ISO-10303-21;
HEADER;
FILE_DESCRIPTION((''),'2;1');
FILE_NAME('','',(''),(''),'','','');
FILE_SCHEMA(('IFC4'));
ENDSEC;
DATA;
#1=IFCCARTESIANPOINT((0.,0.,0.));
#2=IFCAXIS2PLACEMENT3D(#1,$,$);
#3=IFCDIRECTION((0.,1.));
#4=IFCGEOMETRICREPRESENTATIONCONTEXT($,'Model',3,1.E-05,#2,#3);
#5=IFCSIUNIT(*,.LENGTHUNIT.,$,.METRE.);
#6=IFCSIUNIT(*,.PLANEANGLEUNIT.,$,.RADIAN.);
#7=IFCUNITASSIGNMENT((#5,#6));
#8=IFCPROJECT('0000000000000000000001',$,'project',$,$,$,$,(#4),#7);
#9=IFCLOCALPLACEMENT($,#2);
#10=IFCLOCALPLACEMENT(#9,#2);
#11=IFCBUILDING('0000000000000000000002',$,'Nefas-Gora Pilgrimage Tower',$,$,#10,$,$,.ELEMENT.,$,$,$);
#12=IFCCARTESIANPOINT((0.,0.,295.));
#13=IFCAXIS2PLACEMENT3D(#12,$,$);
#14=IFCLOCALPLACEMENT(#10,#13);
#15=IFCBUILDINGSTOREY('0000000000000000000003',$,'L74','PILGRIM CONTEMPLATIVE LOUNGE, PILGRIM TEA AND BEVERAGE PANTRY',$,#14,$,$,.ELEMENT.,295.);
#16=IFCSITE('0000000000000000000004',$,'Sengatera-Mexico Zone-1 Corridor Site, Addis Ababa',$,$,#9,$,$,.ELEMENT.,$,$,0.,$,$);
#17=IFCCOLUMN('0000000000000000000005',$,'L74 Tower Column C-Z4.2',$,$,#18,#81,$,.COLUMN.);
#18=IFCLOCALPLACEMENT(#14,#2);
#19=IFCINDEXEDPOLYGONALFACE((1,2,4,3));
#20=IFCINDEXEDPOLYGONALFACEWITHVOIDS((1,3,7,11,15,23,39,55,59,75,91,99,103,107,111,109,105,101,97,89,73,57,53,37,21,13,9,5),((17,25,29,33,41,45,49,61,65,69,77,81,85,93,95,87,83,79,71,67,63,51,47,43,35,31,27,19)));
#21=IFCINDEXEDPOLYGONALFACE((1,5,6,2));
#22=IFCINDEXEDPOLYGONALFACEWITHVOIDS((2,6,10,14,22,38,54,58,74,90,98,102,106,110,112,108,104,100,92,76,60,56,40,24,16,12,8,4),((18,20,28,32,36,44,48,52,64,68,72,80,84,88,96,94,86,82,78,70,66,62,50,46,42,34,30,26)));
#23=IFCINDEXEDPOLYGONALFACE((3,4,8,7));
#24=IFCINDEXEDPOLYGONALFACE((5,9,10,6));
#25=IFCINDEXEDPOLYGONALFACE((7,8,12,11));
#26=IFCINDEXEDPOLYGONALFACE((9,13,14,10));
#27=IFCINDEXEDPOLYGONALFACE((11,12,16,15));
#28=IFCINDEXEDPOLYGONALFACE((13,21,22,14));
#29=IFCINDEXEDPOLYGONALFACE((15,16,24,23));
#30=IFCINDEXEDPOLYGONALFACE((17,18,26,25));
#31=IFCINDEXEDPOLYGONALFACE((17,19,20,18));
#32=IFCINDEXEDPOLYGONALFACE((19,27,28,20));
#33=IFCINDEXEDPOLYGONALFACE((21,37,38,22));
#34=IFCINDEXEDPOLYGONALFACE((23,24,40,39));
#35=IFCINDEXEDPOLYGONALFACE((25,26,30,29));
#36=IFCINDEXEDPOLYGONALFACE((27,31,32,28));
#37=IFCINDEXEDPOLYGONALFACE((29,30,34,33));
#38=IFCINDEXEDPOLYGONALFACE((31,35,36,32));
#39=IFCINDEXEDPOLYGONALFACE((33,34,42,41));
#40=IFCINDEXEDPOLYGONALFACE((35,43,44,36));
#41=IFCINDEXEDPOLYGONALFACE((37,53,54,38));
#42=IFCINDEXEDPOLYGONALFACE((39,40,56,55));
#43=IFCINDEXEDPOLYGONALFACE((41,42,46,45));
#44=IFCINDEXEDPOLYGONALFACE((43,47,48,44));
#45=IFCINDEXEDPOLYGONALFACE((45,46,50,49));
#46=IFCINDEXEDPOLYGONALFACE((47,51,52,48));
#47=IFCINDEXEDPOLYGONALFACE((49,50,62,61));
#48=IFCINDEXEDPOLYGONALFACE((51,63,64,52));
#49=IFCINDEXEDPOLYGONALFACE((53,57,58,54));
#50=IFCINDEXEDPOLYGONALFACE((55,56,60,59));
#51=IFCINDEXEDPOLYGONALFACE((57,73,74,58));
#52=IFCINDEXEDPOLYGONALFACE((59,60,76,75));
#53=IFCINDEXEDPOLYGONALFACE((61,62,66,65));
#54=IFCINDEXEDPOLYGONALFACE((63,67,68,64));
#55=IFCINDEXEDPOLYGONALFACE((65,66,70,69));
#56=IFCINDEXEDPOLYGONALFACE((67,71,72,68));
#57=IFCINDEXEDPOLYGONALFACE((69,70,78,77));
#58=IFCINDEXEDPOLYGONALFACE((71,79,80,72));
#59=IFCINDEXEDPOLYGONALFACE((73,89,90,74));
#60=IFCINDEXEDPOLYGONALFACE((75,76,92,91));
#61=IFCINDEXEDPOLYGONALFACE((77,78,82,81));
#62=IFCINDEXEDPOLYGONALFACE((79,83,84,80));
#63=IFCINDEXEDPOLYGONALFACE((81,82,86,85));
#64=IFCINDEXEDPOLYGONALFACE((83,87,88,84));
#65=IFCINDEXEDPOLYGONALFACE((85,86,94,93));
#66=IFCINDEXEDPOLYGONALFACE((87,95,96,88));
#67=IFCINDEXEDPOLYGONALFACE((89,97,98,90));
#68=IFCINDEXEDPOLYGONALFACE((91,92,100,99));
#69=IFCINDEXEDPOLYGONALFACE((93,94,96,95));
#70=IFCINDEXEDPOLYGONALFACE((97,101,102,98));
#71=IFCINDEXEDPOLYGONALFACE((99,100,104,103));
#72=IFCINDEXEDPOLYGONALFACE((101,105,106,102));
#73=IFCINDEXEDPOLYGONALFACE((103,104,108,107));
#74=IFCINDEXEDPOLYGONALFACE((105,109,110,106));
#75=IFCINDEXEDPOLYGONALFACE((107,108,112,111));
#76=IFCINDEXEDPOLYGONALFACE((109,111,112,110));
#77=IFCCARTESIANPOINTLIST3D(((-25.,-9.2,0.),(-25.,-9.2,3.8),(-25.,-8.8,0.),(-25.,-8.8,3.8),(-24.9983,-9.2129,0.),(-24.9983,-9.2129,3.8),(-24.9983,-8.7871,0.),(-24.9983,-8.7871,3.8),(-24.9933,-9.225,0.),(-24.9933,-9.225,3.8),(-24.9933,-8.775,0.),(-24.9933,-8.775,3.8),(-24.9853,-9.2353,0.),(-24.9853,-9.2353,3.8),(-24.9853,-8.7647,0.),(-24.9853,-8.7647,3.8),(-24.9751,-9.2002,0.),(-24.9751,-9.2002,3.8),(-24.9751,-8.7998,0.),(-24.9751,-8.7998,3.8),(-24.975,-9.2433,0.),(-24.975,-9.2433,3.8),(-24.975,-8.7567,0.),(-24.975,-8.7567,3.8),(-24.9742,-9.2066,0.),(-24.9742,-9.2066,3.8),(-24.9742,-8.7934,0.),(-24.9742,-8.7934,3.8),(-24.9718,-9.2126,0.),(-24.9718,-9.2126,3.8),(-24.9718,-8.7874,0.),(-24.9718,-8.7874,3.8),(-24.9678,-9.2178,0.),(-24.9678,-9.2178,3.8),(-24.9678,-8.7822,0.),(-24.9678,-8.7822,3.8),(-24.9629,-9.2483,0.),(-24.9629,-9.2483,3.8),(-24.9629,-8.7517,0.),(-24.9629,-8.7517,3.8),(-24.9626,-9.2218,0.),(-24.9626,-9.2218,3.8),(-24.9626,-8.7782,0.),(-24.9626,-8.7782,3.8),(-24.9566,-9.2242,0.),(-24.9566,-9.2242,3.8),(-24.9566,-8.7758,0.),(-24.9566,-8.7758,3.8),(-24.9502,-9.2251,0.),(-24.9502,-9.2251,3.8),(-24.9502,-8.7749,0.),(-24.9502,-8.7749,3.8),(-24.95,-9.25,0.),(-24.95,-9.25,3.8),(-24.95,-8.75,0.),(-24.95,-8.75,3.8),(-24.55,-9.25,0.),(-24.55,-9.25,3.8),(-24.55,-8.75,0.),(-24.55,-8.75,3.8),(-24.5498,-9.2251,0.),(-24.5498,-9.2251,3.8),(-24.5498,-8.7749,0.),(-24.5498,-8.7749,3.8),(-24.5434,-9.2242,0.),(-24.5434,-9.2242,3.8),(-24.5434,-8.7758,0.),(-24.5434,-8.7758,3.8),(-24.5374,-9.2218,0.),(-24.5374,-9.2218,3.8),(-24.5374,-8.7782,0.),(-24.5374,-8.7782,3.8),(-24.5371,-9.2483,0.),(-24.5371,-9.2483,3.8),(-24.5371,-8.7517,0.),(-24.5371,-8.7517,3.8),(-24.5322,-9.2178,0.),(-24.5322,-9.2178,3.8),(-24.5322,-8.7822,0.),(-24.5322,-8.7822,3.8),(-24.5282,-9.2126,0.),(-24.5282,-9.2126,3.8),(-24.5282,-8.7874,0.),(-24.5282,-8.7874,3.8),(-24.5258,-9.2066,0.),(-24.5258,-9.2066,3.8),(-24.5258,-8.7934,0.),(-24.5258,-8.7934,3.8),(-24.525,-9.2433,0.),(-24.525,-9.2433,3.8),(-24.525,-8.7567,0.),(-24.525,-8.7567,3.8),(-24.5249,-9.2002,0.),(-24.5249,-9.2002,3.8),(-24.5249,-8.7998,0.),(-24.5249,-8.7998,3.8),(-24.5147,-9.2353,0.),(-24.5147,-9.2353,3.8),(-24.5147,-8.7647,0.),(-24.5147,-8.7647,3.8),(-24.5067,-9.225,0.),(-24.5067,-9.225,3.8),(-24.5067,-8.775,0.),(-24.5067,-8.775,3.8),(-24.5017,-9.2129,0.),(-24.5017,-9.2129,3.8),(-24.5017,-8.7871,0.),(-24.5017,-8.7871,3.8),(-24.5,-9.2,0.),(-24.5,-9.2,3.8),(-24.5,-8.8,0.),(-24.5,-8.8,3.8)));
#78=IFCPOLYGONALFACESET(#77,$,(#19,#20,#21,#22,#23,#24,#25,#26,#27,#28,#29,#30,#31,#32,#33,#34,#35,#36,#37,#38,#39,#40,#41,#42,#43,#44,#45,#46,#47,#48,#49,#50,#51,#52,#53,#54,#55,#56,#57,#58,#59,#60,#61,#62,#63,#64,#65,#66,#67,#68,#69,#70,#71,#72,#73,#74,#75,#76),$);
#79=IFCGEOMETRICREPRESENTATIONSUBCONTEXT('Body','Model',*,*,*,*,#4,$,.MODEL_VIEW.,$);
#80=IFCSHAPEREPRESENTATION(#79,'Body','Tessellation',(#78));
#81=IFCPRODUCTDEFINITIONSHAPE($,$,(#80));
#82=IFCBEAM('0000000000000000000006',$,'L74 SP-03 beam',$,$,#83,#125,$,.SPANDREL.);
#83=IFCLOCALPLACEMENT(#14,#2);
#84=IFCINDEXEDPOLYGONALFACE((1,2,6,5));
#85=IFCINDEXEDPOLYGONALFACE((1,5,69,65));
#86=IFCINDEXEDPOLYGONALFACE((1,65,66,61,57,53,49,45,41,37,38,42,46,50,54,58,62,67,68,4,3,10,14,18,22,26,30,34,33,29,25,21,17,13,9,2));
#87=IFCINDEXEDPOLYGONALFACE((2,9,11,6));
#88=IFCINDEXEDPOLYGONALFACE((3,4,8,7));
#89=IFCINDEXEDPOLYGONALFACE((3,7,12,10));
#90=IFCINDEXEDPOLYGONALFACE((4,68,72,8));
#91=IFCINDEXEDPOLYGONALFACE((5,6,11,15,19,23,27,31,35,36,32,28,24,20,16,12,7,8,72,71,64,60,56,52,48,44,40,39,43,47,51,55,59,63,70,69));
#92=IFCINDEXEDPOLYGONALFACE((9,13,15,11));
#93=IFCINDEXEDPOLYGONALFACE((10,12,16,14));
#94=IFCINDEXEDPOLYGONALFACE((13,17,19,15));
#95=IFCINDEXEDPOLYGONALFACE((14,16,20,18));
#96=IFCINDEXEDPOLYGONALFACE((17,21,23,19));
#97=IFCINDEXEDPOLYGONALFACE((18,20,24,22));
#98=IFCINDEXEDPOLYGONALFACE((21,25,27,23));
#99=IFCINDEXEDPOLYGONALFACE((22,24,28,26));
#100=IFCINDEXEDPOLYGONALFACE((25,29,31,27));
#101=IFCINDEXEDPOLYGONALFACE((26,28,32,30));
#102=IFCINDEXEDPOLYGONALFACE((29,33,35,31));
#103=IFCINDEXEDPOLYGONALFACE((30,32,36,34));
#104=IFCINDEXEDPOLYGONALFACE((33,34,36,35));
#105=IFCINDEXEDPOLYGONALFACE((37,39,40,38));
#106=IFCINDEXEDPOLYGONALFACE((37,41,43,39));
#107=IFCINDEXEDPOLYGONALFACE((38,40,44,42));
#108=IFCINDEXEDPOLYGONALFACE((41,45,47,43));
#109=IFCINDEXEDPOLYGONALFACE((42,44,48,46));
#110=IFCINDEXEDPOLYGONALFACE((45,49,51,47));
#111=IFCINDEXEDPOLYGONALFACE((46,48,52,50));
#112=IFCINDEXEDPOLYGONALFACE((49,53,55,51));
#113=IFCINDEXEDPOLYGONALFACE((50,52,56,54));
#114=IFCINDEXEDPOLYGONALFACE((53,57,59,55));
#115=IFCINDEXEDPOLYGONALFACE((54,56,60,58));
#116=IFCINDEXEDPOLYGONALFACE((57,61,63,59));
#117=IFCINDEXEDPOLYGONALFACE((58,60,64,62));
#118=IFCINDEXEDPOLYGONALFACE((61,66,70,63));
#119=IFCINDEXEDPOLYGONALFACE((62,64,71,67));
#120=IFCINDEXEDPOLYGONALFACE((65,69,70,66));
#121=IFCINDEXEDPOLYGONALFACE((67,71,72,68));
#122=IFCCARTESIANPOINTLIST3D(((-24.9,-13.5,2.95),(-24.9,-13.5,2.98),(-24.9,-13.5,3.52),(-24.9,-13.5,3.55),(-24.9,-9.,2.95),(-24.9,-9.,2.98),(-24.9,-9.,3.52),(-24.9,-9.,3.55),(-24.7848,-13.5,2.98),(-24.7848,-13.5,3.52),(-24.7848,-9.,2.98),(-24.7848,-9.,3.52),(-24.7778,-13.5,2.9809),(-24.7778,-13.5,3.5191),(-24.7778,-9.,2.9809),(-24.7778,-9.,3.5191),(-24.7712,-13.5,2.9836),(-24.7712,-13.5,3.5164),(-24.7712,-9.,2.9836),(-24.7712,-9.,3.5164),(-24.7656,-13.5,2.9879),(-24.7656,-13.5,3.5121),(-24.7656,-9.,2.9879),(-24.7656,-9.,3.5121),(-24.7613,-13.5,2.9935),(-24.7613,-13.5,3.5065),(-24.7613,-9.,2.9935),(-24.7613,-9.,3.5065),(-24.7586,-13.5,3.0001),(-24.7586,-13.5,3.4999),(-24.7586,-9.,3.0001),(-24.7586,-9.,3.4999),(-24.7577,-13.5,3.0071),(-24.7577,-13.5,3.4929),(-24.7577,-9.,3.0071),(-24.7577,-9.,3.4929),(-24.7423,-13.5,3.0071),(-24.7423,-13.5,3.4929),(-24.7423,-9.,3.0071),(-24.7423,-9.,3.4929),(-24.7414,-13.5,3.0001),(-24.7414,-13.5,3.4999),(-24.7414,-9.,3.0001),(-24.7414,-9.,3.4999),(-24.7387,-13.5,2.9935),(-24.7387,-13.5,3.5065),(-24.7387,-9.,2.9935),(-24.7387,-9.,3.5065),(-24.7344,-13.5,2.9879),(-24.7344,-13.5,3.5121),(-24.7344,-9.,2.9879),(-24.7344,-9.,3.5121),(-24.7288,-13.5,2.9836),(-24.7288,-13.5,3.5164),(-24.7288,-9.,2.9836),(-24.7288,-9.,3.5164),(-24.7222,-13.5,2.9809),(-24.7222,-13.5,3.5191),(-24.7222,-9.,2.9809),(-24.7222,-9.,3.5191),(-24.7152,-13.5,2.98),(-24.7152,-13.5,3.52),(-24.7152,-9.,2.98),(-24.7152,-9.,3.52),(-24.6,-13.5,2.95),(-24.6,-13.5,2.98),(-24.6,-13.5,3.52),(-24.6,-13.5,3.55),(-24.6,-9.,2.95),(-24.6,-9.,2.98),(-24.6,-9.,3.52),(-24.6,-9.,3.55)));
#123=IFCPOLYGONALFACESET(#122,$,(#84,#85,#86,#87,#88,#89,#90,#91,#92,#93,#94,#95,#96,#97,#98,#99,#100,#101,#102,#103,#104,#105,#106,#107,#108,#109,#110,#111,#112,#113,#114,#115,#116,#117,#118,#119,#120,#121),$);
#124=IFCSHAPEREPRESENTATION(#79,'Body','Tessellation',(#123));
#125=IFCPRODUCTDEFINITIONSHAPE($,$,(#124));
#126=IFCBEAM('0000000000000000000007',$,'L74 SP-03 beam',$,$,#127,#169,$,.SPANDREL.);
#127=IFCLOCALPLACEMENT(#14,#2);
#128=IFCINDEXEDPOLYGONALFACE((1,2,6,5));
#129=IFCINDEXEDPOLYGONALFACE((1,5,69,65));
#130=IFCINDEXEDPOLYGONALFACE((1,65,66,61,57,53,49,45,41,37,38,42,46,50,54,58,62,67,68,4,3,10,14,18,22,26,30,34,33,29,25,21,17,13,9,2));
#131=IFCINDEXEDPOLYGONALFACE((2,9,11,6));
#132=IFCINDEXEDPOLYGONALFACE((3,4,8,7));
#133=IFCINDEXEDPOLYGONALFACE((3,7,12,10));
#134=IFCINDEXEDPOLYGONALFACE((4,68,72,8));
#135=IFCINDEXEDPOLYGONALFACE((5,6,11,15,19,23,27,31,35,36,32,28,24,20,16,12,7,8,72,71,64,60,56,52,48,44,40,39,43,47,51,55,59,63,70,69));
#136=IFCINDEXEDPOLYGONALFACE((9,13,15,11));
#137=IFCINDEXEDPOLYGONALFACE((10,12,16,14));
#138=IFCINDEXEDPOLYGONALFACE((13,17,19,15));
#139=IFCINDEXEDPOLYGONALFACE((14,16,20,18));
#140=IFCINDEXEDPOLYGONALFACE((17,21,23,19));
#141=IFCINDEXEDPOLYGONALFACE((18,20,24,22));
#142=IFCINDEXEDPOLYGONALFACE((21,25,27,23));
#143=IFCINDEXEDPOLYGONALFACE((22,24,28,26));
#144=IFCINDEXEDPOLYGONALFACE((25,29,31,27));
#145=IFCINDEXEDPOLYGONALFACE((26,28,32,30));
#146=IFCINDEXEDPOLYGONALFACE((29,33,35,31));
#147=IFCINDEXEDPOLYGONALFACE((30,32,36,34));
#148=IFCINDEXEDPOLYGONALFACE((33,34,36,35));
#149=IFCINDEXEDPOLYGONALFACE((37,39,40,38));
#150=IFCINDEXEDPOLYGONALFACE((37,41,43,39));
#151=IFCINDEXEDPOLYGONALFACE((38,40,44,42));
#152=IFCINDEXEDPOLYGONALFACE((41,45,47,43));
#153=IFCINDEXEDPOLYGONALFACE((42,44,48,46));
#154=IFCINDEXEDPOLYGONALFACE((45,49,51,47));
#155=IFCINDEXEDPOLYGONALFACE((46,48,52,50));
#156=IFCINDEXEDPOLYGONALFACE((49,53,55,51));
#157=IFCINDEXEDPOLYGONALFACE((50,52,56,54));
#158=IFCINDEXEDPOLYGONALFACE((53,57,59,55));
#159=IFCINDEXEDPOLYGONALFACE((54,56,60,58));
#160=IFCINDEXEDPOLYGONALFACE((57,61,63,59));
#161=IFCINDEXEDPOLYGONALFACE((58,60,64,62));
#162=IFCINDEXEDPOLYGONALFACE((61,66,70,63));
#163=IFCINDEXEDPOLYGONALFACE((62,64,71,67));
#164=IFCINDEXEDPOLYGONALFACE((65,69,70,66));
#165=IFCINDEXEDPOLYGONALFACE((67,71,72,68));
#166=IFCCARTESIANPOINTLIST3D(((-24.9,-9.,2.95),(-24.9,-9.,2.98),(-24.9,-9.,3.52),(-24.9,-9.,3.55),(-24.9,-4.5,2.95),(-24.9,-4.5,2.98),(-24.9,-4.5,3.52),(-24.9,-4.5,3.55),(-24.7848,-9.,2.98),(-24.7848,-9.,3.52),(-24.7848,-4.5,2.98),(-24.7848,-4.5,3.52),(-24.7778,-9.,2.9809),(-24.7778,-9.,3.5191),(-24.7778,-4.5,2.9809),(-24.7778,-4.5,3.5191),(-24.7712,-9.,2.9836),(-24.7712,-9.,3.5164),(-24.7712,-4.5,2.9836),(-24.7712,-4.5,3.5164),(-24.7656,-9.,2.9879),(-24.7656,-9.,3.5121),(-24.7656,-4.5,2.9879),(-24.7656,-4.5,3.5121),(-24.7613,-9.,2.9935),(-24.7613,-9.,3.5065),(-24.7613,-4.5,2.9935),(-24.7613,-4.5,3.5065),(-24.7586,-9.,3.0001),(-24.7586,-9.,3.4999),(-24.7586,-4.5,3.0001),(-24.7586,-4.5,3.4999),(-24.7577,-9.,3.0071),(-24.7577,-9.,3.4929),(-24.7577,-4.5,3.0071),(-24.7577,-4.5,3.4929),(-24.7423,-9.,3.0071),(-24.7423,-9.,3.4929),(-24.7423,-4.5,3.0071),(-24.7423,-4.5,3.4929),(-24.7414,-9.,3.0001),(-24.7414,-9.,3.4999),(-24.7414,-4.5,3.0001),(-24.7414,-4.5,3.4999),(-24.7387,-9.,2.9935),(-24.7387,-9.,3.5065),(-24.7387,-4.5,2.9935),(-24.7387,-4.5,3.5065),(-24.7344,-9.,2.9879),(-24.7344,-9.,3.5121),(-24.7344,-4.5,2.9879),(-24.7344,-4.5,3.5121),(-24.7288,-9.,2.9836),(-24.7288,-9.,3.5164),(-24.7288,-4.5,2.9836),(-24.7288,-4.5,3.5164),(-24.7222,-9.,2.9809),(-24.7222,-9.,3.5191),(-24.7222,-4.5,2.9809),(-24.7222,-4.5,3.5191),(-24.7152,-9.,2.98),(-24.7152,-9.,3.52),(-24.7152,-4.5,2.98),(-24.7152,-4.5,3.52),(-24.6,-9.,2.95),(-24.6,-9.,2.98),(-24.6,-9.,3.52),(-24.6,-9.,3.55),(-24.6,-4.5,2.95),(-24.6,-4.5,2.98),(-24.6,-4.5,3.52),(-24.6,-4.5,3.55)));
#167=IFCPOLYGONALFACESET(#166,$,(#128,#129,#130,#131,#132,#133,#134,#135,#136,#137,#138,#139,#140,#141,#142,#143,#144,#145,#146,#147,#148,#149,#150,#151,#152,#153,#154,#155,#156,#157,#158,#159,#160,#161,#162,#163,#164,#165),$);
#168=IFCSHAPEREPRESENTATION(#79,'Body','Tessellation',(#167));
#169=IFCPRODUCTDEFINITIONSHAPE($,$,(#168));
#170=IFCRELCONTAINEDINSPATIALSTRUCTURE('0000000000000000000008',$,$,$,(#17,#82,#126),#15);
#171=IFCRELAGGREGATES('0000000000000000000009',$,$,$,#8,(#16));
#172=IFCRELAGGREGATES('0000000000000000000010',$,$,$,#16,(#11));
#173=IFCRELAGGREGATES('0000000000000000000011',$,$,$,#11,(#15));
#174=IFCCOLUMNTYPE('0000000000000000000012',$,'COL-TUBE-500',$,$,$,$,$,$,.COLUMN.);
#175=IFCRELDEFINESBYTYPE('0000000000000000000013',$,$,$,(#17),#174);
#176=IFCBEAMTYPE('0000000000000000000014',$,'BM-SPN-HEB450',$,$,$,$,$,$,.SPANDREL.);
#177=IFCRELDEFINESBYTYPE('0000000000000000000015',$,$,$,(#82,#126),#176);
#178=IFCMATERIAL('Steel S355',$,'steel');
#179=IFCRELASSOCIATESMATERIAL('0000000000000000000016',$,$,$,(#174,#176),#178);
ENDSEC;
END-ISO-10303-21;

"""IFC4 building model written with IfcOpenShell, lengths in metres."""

from ifc_helpers import new_model, si_unit, direction, frame, origin, origin_2d, place, context, subcontext, project, spatial, hollow_rectangle, i_section, extrude, source, transform, mapped, material, material_profile, profile_set, type_object, element, save


model = new_model("IFC4")

# Units and contexts
model_context = context("Model", 3, precision=1e-05, world=origin(), true_north=direction((0.0, 1.0)))
body_context = subcontext(model_context, "Body", "Model", "MODEL_VIEW")
ifc_project = project(units=[si_unit("LENGTHUNIT", "METRE"), si_unit("PLANEANGLEUNIT", "RADIAN")], contexts=[model_context])

# Site, building, storey
site_placement = place(None, origin())
site = spatial("IfcSite", under=ifc_project, at=site_placement, Name="Sengatera-Mexico Zone-1 Corridor Site, Addis Ababa", CompositionType="ELEMENT", RefElevation=0.0)
building_placement = place(site_placement, origin())
building = spatial("IfcBuilding", under=site, at=building_placement, Name="Nefas-Gora Pilgrimage Tower", CompositionType="ELEMENT")
storey_placement = place(building_placement, frame((0.0, 0.0, 295.0)))
storey = spatial("IfcBuildingStorey", under=building, at=storey_placement, Name="L74", Description="PILGRIM CONTEMPLATIVE LOUNGE, PILGRIM TEA AND BEVERAGE PANTRY", CompositionType="ELEMENT", Elevation=295.0)

# Column
ifc_material_1 = material(Name="Steel S355", Category="steel")
ifc_material_profile_1 = material_profile(ifc_material_1, hollow_rectangle(XDim=0.5, YDim=0.5, WallThickness=0.0249, InnerFilletRadius=0.0249, OuterFilletRadius=0.05, at=origin_2d()), Name="SHS 500x500x25")
ifc_profile_set_1 = profile_set([ifc_material_profile_1], Name="Steel S355")
column_type_1 = type_object("IfcColumnType", Name="COL-TUBE-500", PredefinedType="COLUMN", material=ifc_profile_set_1)
shared_shape_1 = source(origin(), body_context, "Body", "SweptSolid", [
    extrude(hollow_rectangle(XDim=0.5, YDim=0.5, WallThickness=0.0249, InnerFilletRadius=0.0249, OuterFilletRadius=0.05, at=origin_2d()), origin(), (0.0, 0.0, 1.0), 3.8),
])
for number, where, z_axis, x_axis, name in (
    (1, (-24.75, -9.0, 0.0), (0.0, 0.0, 1.0), (1.0, 0.0, 0.0), "L74 Tower Column C-Z4.2"),
):
    element("IfcColumn", number, at=place(storey_placement, frame(where, z_axis=z_axis, x_axis=x_axis)), inside=storey, type_object=column_type_1, Name=name, PredefinedType="COLUMN", context=body_context, shape_type="MappedRepresentation", body=[
        mapped(shared_shape_1, transform((0.0, 0.0, 0.0), x_axis=(1.0, 0.0, 0.0), y_axis=(0.0, 1.0, 0.0), z_axis=(0.0, 0.0, 1.0), scale=1.0)),
    ])

# Beams
ifc_material_profile_2 = material_profile(ifc_material_1, i_section(OverallWidth=0.3, OverallDepth=0.6001, WebThickness=0.0154, FlangeThickness=0.03, FilletRadius=0.0271, at=origin_2d()), Name="HEB 600")
ifc_profile_set_2 = profile_set([ifc_material_profile_2], Name="Steel S355")
beam_type_1 = type_object("IfcBeamType", Name="BM-SPN-HEB450", PredefinedType="SPANDREL", material=ifc_profile_set_2)
shared_shape_2 = source(origin(), body_context, "Body", "SweptSolid", [
    extrude(i_section(OverallWidth=0.3, OverallDepth=0.6001, WebThickness=0.0154, FlangeThickness=0.03, FilletRadius=0.0271, at=origin_2d()), origin(), (0.0, 0.0, 1.0), 4.5),
])
for number, where, z_axis, x_axis, name in (
    (2, (-24.75, -13.5, 3.25), (0.0, 1.0, 0.0), (-1.0, 0.0, 0.0), "L74 SP-03 beam"),
    (3, (-24.75, -9.0, 3.25), (0.0, 1.0, 0.0), (-1.0, 0.0, 0.0), "L74 SP-03 beam"),
):
    element("IfcBeam", number, at=place(storey_placement, frame(where, z_axis=z_axis, x_axis=x_axis)), inside=storey, type_object=beam_type_1, Name=name, PredefinedType="SPANDREL", context=body_context, shape_type="MappedRepresentation", body=[
        mapped(shared_shape_2, transform((0.0, 0.0, 0.0), x_axis=(1.0, 0.0, 0.0), y_axis=(0.0, 1.0, 0.0), z_axis=(0.0, 0.0, 1.0), scale=1.0)),
    ])

save(model, "model.ifc")
